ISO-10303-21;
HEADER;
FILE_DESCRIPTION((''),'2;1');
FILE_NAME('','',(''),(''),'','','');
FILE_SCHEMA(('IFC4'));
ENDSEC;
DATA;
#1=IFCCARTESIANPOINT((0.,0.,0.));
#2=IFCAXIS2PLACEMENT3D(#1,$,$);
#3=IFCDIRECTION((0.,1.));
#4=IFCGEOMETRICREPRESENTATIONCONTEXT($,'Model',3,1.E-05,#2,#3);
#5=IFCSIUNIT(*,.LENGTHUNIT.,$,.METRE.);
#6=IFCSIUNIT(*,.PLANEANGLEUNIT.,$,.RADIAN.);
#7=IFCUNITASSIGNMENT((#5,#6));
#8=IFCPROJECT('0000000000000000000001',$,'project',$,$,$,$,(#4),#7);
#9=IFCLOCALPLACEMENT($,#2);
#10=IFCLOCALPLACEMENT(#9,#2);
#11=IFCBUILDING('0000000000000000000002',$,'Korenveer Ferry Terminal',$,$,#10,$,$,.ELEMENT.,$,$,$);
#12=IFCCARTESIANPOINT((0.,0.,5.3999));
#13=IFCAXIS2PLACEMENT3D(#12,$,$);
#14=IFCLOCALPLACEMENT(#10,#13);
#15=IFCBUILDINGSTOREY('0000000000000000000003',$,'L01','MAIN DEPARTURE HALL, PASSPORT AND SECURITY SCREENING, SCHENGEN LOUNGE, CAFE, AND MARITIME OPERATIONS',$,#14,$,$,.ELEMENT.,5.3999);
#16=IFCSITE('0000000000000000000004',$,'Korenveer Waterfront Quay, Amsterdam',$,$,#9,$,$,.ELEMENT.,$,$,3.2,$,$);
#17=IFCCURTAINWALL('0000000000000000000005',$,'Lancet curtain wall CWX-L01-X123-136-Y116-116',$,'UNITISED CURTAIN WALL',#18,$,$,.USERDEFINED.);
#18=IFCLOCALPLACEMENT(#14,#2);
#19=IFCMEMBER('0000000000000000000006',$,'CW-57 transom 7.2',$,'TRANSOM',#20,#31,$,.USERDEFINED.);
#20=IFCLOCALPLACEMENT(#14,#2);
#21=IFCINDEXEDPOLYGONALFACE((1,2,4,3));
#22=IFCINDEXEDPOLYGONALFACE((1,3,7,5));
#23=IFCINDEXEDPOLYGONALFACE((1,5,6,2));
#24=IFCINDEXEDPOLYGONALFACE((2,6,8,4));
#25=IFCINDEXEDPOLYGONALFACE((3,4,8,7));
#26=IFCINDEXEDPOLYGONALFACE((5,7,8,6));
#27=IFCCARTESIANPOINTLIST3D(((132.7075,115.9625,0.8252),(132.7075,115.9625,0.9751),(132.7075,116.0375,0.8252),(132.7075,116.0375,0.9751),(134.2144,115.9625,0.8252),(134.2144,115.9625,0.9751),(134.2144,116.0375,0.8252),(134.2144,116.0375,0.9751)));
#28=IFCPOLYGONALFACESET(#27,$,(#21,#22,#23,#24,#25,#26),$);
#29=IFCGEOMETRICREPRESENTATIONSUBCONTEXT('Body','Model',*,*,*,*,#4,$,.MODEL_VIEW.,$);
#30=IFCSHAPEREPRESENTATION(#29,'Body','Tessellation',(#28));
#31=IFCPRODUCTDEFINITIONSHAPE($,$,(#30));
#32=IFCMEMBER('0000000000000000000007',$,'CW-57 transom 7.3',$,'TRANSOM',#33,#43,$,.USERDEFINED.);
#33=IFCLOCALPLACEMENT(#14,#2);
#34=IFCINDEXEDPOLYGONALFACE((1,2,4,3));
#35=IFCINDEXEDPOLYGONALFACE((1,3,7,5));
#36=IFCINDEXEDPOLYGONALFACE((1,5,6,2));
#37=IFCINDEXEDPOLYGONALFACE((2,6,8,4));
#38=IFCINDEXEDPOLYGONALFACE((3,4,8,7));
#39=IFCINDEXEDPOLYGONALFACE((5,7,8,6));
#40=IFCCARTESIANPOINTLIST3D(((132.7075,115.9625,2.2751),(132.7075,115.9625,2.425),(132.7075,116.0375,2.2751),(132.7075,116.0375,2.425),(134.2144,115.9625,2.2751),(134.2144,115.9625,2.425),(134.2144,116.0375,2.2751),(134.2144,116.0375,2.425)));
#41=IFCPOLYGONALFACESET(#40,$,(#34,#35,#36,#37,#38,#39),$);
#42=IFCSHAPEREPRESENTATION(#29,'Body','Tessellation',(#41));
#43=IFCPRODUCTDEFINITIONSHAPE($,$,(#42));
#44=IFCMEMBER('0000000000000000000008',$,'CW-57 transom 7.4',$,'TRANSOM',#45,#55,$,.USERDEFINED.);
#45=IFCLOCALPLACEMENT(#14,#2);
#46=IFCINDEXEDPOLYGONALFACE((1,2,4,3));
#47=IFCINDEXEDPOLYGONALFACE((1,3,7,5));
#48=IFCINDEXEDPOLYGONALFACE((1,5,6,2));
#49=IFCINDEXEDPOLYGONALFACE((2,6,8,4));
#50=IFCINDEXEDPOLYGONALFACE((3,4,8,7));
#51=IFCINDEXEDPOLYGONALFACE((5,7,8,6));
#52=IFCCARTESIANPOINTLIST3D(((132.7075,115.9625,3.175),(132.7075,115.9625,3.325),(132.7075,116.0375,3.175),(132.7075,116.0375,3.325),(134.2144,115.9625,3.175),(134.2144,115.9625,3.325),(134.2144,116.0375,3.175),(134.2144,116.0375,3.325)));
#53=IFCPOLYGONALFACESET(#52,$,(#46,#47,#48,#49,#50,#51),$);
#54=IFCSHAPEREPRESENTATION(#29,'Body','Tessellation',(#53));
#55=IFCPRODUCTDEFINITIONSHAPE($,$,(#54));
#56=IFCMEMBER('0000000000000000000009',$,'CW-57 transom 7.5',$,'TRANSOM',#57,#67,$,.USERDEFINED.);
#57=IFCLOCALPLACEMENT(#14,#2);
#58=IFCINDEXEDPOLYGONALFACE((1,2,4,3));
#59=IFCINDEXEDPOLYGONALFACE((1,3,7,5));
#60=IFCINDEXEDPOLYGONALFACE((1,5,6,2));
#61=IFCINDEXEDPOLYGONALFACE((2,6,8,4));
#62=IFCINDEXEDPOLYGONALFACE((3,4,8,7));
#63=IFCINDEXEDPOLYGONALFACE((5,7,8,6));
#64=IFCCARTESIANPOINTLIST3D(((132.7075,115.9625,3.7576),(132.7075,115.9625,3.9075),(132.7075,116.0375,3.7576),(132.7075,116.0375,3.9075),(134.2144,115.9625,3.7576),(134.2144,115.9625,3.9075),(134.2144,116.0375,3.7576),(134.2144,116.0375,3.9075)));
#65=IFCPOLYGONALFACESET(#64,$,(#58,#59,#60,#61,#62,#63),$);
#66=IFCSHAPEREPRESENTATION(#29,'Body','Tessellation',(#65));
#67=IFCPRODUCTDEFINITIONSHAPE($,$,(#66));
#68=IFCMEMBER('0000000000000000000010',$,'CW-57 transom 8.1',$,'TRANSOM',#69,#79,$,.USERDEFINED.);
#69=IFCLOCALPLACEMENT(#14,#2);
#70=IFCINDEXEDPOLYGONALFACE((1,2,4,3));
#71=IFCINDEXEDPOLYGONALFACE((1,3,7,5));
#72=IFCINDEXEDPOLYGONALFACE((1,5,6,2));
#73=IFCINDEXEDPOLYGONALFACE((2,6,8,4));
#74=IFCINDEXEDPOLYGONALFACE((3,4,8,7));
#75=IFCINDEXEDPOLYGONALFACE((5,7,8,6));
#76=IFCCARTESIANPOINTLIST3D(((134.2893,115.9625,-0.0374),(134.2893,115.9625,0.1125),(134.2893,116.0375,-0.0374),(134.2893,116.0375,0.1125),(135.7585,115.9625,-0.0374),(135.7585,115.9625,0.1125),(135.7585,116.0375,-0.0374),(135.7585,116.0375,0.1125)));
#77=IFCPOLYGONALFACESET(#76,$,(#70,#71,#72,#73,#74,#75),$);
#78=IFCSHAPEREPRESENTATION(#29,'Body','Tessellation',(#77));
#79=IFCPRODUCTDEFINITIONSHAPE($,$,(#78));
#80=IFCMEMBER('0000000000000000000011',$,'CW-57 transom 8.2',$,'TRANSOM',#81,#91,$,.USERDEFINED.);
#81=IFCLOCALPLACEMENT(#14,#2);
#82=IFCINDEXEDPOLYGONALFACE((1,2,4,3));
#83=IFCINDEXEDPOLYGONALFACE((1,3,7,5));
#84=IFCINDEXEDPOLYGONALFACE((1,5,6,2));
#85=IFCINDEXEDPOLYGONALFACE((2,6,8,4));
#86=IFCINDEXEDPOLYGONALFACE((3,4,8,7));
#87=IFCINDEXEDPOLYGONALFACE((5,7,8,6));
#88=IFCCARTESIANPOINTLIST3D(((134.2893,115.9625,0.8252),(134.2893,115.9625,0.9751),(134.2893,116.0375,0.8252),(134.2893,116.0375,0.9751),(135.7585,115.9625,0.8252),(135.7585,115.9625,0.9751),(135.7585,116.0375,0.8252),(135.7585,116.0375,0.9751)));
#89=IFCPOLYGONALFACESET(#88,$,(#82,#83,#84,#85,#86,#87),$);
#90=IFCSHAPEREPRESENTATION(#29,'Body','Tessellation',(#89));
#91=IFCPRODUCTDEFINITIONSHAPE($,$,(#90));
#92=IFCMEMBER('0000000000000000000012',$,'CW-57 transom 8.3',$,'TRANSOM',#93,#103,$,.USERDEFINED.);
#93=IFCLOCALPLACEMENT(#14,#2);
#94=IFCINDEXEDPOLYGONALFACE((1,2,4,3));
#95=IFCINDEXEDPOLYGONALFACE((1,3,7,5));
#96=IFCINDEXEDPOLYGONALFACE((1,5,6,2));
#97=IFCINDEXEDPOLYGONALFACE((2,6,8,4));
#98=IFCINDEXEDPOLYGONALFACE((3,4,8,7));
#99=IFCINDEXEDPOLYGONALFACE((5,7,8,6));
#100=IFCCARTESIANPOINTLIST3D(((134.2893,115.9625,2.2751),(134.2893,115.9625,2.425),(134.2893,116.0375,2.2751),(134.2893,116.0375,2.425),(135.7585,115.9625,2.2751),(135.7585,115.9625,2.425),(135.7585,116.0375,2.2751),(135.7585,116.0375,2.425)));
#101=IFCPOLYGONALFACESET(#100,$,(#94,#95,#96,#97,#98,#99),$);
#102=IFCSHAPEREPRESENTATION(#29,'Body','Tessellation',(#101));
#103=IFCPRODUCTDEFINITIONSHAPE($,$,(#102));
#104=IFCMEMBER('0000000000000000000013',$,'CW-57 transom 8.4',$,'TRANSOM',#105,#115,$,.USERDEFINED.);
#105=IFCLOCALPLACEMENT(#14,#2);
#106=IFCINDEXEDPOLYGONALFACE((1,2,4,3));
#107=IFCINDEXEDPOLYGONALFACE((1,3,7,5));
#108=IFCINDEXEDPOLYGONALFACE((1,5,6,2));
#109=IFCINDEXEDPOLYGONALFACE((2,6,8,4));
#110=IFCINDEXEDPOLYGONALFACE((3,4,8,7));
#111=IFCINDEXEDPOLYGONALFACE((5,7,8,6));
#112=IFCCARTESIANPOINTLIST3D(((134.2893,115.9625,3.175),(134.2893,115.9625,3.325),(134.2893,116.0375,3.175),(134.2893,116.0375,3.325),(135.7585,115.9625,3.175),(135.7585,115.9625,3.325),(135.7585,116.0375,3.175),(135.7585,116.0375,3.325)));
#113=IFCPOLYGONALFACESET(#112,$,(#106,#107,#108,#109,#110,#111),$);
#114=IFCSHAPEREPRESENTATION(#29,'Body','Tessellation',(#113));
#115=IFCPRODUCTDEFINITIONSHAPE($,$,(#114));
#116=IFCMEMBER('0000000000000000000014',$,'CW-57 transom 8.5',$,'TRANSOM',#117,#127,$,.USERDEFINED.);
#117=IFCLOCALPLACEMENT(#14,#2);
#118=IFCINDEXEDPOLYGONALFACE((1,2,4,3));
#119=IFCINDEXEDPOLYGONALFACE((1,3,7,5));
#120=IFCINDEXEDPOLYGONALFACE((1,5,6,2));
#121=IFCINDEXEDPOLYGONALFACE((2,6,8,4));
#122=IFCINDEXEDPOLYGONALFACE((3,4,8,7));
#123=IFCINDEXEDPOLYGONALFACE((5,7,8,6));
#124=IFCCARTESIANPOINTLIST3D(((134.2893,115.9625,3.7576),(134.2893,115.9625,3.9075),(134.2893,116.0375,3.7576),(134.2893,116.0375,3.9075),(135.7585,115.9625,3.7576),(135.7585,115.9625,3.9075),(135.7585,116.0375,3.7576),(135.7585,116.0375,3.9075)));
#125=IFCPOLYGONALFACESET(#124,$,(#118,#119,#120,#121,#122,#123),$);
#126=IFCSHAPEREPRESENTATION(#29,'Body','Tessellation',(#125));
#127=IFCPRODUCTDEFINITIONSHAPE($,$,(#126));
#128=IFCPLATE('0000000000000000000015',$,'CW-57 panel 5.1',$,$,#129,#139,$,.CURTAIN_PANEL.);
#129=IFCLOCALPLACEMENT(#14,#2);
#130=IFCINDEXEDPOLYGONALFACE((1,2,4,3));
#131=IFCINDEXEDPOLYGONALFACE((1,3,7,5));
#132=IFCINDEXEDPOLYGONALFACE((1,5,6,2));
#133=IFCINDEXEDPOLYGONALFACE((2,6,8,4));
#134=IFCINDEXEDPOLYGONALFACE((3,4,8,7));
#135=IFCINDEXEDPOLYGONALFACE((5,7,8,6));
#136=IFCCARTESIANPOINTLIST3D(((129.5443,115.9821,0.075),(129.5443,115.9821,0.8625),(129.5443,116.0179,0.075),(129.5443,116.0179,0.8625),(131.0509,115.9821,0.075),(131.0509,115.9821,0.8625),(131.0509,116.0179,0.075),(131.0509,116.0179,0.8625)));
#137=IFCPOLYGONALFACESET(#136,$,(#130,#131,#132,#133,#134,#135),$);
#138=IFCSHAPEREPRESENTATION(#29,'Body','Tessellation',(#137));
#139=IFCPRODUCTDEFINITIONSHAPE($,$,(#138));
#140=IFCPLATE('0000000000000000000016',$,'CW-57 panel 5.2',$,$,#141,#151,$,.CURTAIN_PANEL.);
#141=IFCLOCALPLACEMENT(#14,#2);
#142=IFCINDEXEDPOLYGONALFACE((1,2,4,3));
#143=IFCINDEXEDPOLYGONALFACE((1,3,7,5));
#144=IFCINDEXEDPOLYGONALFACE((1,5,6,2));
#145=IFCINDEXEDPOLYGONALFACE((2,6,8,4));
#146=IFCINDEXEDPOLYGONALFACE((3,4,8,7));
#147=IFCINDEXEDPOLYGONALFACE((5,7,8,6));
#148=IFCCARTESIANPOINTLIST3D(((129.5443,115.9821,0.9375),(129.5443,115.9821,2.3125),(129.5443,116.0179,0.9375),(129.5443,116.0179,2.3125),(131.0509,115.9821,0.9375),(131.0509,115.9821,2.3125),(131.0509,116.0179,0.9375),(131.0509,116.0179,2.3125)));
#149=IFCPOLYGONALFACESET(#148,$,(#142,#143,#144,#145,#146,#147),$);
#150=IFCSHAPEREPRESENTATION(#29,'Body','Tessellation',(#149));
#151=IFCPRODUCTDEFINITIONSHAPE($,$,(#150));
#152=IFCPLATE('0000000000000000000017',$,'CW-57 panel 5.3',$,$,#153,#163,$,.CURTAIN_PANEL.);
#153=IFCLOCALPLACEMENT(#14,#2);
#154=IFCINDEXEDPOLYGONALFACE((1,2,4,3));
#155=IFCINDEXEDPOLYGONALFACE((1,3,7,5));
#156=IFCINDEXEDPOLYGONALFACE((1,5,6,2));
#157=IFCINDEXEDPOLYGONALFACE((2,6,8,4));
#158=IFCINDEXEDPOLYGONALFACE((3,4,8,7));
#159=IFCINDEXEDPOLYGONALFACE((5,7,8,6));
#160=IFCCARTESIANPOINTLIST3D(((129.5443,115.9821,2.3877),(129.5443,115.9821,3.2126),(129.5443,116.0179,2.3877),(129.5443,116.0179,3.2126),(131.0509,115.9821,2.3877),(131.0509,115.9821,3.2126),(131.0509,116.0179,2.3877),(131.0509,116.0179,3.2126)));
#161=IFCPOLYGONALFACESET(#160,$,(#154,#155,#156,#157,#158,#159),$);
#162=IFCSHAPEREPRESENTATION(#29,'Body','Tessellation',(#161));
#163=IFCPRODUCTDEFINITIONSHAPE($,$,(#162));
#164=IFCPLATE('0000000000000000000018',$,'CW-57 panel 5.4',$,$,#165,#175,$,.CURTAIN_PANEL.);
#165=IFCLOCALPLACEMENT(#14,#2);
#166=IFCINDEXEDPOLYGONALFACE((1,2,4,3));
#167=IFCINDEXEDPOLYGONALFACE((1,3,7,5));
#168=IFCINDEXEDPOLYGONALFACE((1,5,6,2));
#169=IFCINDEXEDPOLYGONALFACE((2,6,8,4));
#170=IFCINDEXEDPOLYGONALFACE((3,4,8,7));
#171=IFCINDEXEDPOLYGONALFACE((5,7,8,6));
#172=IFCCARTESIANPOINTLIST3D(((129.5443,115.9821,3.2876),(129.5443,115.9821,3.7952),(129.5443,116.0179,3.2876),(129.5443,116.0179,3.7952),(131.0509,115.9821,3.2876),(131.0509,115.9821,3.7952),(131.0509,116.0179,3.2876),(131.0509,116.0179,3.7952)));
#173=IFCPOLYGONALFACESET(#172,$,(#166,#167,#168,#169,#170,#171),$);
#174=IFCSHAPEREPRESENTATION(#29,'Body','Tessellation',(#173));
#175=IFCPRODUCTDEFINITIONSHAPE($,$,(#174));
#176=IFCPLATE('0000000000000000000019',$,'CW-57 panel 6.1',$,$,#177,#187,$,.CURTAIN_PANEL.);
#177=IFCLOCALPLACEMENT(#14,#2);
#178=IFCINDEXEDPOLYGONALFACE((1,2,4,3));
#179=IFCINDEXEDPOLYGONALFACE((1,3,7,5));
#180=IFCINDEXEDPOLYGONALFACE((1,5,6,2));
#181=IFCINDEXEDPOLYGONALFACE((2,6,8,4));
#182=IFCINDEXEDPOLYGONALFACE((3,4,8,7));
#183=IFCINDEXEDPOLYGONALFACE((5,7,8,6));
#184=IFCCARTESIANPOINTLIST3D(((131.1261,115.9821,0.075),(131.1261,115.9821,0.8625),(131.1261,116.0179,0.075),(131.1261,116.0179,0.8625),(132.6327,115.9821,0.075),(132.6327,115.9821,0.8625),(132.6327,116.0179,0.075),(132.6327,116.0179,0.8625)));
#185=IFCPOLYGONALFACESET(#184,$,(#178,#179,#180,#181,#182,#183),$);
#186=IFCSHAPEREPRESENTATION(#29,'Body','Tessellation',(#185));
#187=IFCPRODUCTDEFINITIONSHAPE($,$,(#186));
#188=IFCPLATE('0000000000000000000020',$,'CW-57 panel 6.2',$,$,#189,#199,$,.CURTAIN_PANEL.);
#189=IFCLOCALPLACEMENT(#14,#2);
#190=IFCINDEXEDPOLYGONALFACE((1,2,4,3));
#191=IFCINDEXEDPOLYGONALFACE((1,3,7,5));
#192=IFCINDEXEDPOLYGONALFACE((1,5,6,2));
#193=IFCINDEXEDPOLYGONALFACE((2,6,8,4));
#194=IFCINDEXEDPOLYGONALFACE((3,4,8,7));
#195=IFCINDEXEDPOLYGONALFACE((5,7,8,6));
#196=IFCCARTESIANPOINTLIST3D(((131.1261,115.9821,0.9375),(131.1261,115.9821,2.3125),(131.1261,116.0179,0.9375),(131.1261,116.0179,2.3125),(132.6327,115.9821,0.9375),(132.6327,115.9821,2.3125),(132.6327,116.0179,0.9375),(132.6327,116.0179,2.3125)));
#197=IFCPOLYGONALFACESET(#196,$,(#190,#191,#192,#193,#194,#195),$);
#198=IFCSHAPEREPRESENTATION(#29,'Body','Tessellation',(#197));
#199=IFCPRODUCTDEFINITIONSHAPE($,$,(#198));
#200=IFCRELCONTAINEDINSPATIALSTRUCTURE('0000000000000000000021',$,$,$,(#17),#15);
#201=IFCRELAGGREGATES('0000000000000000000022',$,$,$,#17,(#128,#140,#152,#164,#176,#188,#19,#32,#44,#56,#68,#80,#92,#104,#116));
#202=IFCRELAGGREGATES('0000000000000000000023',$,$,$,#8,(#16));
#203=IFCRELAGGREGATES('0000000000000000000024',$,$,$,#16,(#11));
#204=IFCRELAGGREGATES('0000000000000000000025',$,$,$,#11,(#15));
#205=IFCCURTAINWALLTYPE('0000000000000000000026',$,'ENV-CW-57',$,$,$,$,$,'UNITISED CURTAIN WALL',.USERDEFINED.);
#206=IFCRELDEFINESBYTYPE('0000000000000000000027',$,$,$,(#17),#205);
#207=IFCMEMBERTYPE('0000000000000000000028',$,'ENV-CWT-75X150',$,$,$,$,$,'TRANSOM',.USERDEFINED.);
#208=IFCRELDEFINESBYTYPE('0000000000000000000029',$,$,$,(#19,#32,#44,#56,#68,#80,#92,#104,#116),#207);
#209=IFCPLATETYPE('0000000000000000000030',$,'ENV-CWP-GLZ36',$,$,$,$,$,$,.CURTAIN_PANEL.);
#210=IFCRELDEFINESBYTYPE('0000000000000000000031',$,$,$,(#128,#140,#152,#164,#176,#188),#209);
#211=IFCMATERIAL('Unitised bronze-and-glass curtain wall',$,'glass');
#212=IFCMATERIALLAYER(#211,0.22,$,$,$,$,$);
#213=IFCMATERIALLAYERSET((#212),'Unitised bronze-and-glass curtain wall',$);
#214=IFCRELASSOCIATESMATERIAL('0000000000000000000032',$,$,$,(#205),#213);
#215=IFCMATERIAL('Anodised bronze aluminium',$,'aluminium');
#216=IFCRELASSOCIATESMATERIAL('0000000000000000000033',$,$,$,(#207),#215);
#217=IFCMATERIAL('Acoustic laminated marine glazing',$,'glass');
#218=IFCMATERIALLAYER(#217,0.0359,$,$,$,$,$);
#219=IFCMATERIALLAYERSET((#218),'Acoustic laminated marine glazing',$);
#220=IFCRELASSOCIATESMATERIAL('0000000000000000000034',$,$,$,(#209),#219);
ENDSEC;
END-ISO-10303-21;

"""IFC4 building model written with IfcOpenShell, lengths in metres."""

from ifc_helpers import new_model, si_unit, direction, frame, origin, origin_2d, place, context, subcontext, project, spatial, rectangle, extrude, material, layer, layer_set, material_profile, profile_set, type_object, element, aggregate, save


model = new_model("IFC4")

# Units and contexts
model_context = context("Model", 3, precision=1e-05, world=origin(), true_north=direction((0.0, 1.0)))
body_context = subcontext(model_context, "Body", "Model", "MODEL_VIEW")
ifc_project = project(units=[si_unit("LENGTHUNIT", "METRE"), si_unit("PLANEANGLEUNIT", "RADIAN")], contexts=[model_context])

# Site, building, storey
site_placement = place(None, origin())
site = spatial("IfcSite", under=ifc_project, at=site_placement, Name="Korenveer Waterfront Quay, Amsterdam", CompositionType="ELEMENT", RefElevation=3.2)
building_placement = place(site_placement, origin())
building = spatial("IfcBuilding", under=site, at=building_placement, Name="Korenveer Ferry Terminal", CompositionType="ELEMENT")
storey_placement = place(building_placement, frame((0.0, 0.0, 5.3999)))
storey = spatial("IfcBuildingStorey", under=building, at=storey_placement, Name="L01", Description="MAIN DEPARTURE HALL, PASSPORT AND SECURITY SCREENING, SCHENGEN LOUNGE, CAFE, AND MARITIME OPERATIONS", CompositionType="ELEMENT", Elevation=5.3999)

# Curtain wall, members, plates
ifc_material_1 = material(Name="Unitised bronze-and-glass curtain wall", Category="glass")
ifc_layer_1 = layer(ifc_material_1, 0.22)
ifc_layer_set_1 = layer_set([ifc_layer_1], Name="Unitised bronze-and-glass curtain wall")
curtain_wall_type = type_object("IfcCurtainWallType", Name="ENV-CW-57", ElementType="UNITISED CURTAIN WALL", PredefinedType="USERDEFINED", material=ifc_layer_set_1)
curtain_wall_placement = place(storey_placement, frame((123.1799, 116.0, 0.0)))
curtain_wall = element("IfcCurtainWall", 1, at=curtain_wall_placement, inside=storey, type_object=curtain_wall_type, Name="Lancet curtain wall CWX-L01-X123-136-Y116-116", ObjectType="UNITISED CURTAIN WALL", PredefinedType="USERDEFINED")
ifc_material_2 = material(Name="Anodised bronze aluminium", Category="aluminium")
ifc_material_profile_1 = material_profile(ifc_material_2, rectangle(XDim=0.075, YDim=0.1499, at=origin_2d()), Name="ALU 75x150")
ifc_profile_set_1 = profile_set([ifc_material_profile_1], Name="Anodised bronze aluminium")
member_type_1 = type_object("IfcMemberType", Name="ENV-CWT-75X150", ElementType="TRANSOM", PredefinedType="USERDEFINED", material=ifc_profile_set_1)
member_1_placement = place(storey_placement, frame((132.7075, 116.0, 0.9001), z_axis=(1.0, 0.0, 0.0), x_axis=(0.0, 1.0, 0.0)))
member_1 = element("IfcMember", 2, at=member_1_placement, type_object=member_type_1, Name="CW-57 transom 7.2", ObjectType="TRANSOM", PredefinedType="USERDEFINED", context=body_context, shape_type="SweptSolid", body=[
    extrude(rectangle(XDim=0.075, YDim=0.1499, at=origin_2d()), origin(), (0.0, 0.0, 1.0), 1.5068),
])
member_2_placement = place(storey_placement, frame((132.7075, 116.0, 2.3501), z_axis=(1.0, 0.0, 0.0), x_axis=(0.0, 1.0, 0.0)))
member_2 = element("IfcMember", 3, at=member_2_placement, type_object=member_type_1, Name="CW-57 transom 7.3", ObjectType="TRANSOM", PredefinedType="USERDEFINED", context=body_context, shape_type="SweptSolid", body=[
    extrude(rectangle(XDim=0.075, YDim=0.1499, at=origin_2d()), origin(), (0.0, 0.0, 1.0), 1.5068),
])
member_3_placement = place(storey_placement, frame((132.7075, 116.0, 3.25), z_axis=(1.0, 0.0, 0.0), x_axis=(0.0, 1.0, 0.0)))
member_3 = element("IfcMember", 4, at=member_3_placement, type_object=member_type_1, Name="CW-57 transom 7.4", ObjectType="TRANSOM", PredefinedType="USERDEFINED", context=body_context, shape_type="SweptSolid", body=[
    extrude(rectangle(XDim=0.075, YDim=0.1499, at=origin_2d()), origin(), (0.0, 0.0, 1.0), 1.5068),
])
member_4_placement = place(storey_placement, frame((132.7075, 116.0, 3.8325), z_axis=(1.0, 0.0, 0.0), x_axis=(0.0, 1.0, 0.0)))
member_4 = element("IfcMember", 5, at=member_4_placement, type_object=member_type_1, Name="CW-57 transom 7.5", ObjectType="TRANSOM", PredefinedType="USERDEFINED", context=body_context, shape_type="SweptSolid", body=[
    extrude(rectangle(XDim=0.075, YDim=0.1499, at=origin_2d()), origin(), (0.0, 0.0, 1.0), 1.5068),
])
member_5_placement = place(storey_placement, frame((134.2893, 116.0, 0.0376), z_axis=(1.0, 0.0, 0.0), x_axis=(0.0, 1.0, 0.0)))
member_5 = element("IfcMember", 6, at=member_5_placement, type_object=member_type_1, Name="CW-57 transom 8.1", ObjectType="TRANSOM", PredefinedType="USERDEFINED", context=body_context, shape_type="SweptSolid", body=[
    extrude(rectangle(XDim=0.075, YDim=0.1499, at=origin_2d()), origin(), (0.0, 0.0, 1.0), 1.4692),
])
member_6_placement = place(storey_placement, frame((134.2893, 116.0, 0.9001), z_axis=(1.0, 0.0, 0.0), x_axis=(0.0, 1.0, 0.0)))
member_6 = element("IfcMember", 7, at=member_6_placement, type_object=member_type_1, Name="CW-57 transom 8.2", ObjectType="TRANSOM", PredefinedType="USERDEFINED", context=body_context, shape_type="SweptSolid", body=[
    extrude(rectangle(XDim=0.075, YDim=0.1499, at=origin_2d()), origin(), (0.0, 0.0, 1.0), 1.4692),
])
member_7_placement = place(storey_placement, frame((134.2893, 116.0, 2.3501), z_axis=(1.0, 0.0, 0.0), x_axis=(0.0, 1.0, 0.0)))
member_7 = element("IfcMember", 8, at=member_7_placement, type_object=member_type_1, Name="CW-57 transom 8.3", ObjectType="TRANSOM", PredefinedType="USERDEFINED", context=body_context, shape_type="SweptSolid", body=[
    extrude(rectangle(XDim=0.075, YDim=0.1499, at=origin_2d()), origin(), (0.0, 0.0, 1.0), 1.4692),
])
member_8_placement = place(storey_placement, frame((134.2893, 116.0, 3.25), z_axis=(1.0, 0.0, 0.0), x_axis=(0.0, 1.0, 0.0)))
member_8 = element("IfcMember", 9, at=member_8_placement, type_object=member_type_1, Name="CW-57 transom 8.4", ObjectType="TRANSOM", PredefinedType="USERDEFINED", context=body_context, shape_type="SweptSolid", body=[
    extrude(rectangle(XDim=0.075, YDim=0.1499, at=origin_2d()), origin(), (0.0, 0.0, 1.0), 1.4692),
])
member_9_placement = place(storey_placement, frame((134.2893, 116.0, 3.8325), z_axis=(1.0, 0.0, 0.0), x_axis=(0.0, 1.0, 0.0)))
member_9 = element("IfcMember", 10, at=member_9_placement, type_object=member_type_1, Name="CW-57 transom 8.5", ObjectType="TRANSOM", PredefinedType="USERDEFINED", context=body_context, shape_type="SweptSolid", body=[
    extrude(rectangle(XDim=0.075, YDim=0.1499, at=origin_2d()), origin(), (0.0, 0.0, 1.0), 1.4692),
])
ifc_material_3 = material(Name="Acoustic laminated marine glazing", Category="glass")
ifc_layer_2 = layer(ifc_material_3, 0.0359)
ifc_layer_set_2 = layer_set([ifc_layer_2], Name="Acoustic laminated marine glazing")
plate_type = type_object("IfcPlateType", Name="ENV-CWP-GLZ36", PredefinedType="CURTAIN_PANEL", material=ifc_layer_set_2)
plate_1_placement = place(storey_placement, frame((130.2976, 116.0, 0.075), z_axis=(0.0, 0.0, 1.0), x_axis=(1.0, 0.0, 0.0)))
plate_1 = element("IfcPlate", 11, at=plate_1_placement, type_object=plate_type, Name="CW-57 panel 5.1", PredefinedType="CURTAIN_PANEL", context=body_context, shape_type="SweptSolid", body=[
    extrude(rectangle(XDim=1.5066, YDim=0.0359, at=origin_2d()), origin(), (0.0, 0.0, 1.0), 0.7876),
])
plate_2_placement = place(storey_placement, frame((130.2976, 116.0, 0.9375), z_axis=(0.0, 0.0, 1.0), x_axis=(1.0, 0.0, 0.0)))
plate_2 = element("IfcPlate", 12, at=plate_2_placement, type_object=plate_type, Name="CW-57 panel 5.2", PredefinedType="CURTAIN_PANEL", context=body_context, shape_type="SweptSolid", body=[
    extrude(rectangle(XDim=1.5066, YDim=0.0359, at=origin_2d()), origin(), (0.0, 0.0, 1.0), 1.375),
])
plate_3_placement = place(storey_placement, frame((130.2976, 116.0, 2.3877), z_axis=(0.0, 0.0, 1.0), x_axis=(1.0, 0.0, 0.0)))
plate_3 = element("IfcPlate", 13, at=plate_3_placement, type_object=plate_type, Name="CW-57 panel 5.3", PredefinedType="CURTAIN_PANEL", context=body_context, shape_type="SweptSolid", body=[
    extrude(rectangle(XDim=1.5066, YDim=0.0359, at=origin_2d()), origin(), (0.0, 0.0, 1.0), 0.825),
])
plate_4_placement = place(storey_placement, frame((130.2976, 116.0, 3.2876), z_axis=(0.0, 0.0, 1.0), x_axis=(1.0, 0.0, 0.0)))
plate_4 = element("IfcPlate", 14, at=plate_4_placement, type_object=plate_type, Name="CW-57 panel 5.4", PredefinedType="CURTAIN_PANEL", context=body_context, shape_type="SweptSolid", body=[
    extrude(rectangle(XDim=1.5066, YDim=0.0359, at=origin_2d()), origin(), (0.0, 0.0, 1.0), 0.5076),
])
plate_5_placement = place(storey_placement, frame((131.8794, 116.0, 0.075), z_axis=(0.0, 0.0, 1.0), x_axis=(1.0, 0.0, 0.0)))
plate_5 = element("IfcPlate", 15, at=plate_5_placement, type_object=plate_type, Name="CW-57 panel 6.1", PredefinedType="CURTAIN_PANEL", context=body_context, shape_type="SweptSolid", body=[
    extrude(rectangle(XDim=1.5066, YDim=0.0359, at=origin_2d()), origin(), (0.0, 0.0, 1.0), 0.7876),
])
plate_6_placement = place(storey_placement, frame((131.8794, 116.0, 0.9375), z_axis=(0.0, 0.0, 1.0), x_axis=(1.0, 0.0, 0.0)))
plate_6 = element("IfcPlate", 16, at=plate_6_placement, type_object=plate_type, Name="CW-57 panel 6.2", PredefinedType="CURTAIN_PANEL", context=body_context, shape_type="SweptSolid", body=[
    extrude(rectangle(XDim=1.5066, YDim=0.0359, at=origin_2d()), origin(), (0.0, 0.0, 1.0), 1.375),
])
aggregate(curtain_wall, [plate_1, plate_2, plate_3, plate_4, plate_5, plate_6, member_1, member_2, member_3, member_4, member_5, member_6, member_7, member_8, member_9])

save(model, "model.ifc")
